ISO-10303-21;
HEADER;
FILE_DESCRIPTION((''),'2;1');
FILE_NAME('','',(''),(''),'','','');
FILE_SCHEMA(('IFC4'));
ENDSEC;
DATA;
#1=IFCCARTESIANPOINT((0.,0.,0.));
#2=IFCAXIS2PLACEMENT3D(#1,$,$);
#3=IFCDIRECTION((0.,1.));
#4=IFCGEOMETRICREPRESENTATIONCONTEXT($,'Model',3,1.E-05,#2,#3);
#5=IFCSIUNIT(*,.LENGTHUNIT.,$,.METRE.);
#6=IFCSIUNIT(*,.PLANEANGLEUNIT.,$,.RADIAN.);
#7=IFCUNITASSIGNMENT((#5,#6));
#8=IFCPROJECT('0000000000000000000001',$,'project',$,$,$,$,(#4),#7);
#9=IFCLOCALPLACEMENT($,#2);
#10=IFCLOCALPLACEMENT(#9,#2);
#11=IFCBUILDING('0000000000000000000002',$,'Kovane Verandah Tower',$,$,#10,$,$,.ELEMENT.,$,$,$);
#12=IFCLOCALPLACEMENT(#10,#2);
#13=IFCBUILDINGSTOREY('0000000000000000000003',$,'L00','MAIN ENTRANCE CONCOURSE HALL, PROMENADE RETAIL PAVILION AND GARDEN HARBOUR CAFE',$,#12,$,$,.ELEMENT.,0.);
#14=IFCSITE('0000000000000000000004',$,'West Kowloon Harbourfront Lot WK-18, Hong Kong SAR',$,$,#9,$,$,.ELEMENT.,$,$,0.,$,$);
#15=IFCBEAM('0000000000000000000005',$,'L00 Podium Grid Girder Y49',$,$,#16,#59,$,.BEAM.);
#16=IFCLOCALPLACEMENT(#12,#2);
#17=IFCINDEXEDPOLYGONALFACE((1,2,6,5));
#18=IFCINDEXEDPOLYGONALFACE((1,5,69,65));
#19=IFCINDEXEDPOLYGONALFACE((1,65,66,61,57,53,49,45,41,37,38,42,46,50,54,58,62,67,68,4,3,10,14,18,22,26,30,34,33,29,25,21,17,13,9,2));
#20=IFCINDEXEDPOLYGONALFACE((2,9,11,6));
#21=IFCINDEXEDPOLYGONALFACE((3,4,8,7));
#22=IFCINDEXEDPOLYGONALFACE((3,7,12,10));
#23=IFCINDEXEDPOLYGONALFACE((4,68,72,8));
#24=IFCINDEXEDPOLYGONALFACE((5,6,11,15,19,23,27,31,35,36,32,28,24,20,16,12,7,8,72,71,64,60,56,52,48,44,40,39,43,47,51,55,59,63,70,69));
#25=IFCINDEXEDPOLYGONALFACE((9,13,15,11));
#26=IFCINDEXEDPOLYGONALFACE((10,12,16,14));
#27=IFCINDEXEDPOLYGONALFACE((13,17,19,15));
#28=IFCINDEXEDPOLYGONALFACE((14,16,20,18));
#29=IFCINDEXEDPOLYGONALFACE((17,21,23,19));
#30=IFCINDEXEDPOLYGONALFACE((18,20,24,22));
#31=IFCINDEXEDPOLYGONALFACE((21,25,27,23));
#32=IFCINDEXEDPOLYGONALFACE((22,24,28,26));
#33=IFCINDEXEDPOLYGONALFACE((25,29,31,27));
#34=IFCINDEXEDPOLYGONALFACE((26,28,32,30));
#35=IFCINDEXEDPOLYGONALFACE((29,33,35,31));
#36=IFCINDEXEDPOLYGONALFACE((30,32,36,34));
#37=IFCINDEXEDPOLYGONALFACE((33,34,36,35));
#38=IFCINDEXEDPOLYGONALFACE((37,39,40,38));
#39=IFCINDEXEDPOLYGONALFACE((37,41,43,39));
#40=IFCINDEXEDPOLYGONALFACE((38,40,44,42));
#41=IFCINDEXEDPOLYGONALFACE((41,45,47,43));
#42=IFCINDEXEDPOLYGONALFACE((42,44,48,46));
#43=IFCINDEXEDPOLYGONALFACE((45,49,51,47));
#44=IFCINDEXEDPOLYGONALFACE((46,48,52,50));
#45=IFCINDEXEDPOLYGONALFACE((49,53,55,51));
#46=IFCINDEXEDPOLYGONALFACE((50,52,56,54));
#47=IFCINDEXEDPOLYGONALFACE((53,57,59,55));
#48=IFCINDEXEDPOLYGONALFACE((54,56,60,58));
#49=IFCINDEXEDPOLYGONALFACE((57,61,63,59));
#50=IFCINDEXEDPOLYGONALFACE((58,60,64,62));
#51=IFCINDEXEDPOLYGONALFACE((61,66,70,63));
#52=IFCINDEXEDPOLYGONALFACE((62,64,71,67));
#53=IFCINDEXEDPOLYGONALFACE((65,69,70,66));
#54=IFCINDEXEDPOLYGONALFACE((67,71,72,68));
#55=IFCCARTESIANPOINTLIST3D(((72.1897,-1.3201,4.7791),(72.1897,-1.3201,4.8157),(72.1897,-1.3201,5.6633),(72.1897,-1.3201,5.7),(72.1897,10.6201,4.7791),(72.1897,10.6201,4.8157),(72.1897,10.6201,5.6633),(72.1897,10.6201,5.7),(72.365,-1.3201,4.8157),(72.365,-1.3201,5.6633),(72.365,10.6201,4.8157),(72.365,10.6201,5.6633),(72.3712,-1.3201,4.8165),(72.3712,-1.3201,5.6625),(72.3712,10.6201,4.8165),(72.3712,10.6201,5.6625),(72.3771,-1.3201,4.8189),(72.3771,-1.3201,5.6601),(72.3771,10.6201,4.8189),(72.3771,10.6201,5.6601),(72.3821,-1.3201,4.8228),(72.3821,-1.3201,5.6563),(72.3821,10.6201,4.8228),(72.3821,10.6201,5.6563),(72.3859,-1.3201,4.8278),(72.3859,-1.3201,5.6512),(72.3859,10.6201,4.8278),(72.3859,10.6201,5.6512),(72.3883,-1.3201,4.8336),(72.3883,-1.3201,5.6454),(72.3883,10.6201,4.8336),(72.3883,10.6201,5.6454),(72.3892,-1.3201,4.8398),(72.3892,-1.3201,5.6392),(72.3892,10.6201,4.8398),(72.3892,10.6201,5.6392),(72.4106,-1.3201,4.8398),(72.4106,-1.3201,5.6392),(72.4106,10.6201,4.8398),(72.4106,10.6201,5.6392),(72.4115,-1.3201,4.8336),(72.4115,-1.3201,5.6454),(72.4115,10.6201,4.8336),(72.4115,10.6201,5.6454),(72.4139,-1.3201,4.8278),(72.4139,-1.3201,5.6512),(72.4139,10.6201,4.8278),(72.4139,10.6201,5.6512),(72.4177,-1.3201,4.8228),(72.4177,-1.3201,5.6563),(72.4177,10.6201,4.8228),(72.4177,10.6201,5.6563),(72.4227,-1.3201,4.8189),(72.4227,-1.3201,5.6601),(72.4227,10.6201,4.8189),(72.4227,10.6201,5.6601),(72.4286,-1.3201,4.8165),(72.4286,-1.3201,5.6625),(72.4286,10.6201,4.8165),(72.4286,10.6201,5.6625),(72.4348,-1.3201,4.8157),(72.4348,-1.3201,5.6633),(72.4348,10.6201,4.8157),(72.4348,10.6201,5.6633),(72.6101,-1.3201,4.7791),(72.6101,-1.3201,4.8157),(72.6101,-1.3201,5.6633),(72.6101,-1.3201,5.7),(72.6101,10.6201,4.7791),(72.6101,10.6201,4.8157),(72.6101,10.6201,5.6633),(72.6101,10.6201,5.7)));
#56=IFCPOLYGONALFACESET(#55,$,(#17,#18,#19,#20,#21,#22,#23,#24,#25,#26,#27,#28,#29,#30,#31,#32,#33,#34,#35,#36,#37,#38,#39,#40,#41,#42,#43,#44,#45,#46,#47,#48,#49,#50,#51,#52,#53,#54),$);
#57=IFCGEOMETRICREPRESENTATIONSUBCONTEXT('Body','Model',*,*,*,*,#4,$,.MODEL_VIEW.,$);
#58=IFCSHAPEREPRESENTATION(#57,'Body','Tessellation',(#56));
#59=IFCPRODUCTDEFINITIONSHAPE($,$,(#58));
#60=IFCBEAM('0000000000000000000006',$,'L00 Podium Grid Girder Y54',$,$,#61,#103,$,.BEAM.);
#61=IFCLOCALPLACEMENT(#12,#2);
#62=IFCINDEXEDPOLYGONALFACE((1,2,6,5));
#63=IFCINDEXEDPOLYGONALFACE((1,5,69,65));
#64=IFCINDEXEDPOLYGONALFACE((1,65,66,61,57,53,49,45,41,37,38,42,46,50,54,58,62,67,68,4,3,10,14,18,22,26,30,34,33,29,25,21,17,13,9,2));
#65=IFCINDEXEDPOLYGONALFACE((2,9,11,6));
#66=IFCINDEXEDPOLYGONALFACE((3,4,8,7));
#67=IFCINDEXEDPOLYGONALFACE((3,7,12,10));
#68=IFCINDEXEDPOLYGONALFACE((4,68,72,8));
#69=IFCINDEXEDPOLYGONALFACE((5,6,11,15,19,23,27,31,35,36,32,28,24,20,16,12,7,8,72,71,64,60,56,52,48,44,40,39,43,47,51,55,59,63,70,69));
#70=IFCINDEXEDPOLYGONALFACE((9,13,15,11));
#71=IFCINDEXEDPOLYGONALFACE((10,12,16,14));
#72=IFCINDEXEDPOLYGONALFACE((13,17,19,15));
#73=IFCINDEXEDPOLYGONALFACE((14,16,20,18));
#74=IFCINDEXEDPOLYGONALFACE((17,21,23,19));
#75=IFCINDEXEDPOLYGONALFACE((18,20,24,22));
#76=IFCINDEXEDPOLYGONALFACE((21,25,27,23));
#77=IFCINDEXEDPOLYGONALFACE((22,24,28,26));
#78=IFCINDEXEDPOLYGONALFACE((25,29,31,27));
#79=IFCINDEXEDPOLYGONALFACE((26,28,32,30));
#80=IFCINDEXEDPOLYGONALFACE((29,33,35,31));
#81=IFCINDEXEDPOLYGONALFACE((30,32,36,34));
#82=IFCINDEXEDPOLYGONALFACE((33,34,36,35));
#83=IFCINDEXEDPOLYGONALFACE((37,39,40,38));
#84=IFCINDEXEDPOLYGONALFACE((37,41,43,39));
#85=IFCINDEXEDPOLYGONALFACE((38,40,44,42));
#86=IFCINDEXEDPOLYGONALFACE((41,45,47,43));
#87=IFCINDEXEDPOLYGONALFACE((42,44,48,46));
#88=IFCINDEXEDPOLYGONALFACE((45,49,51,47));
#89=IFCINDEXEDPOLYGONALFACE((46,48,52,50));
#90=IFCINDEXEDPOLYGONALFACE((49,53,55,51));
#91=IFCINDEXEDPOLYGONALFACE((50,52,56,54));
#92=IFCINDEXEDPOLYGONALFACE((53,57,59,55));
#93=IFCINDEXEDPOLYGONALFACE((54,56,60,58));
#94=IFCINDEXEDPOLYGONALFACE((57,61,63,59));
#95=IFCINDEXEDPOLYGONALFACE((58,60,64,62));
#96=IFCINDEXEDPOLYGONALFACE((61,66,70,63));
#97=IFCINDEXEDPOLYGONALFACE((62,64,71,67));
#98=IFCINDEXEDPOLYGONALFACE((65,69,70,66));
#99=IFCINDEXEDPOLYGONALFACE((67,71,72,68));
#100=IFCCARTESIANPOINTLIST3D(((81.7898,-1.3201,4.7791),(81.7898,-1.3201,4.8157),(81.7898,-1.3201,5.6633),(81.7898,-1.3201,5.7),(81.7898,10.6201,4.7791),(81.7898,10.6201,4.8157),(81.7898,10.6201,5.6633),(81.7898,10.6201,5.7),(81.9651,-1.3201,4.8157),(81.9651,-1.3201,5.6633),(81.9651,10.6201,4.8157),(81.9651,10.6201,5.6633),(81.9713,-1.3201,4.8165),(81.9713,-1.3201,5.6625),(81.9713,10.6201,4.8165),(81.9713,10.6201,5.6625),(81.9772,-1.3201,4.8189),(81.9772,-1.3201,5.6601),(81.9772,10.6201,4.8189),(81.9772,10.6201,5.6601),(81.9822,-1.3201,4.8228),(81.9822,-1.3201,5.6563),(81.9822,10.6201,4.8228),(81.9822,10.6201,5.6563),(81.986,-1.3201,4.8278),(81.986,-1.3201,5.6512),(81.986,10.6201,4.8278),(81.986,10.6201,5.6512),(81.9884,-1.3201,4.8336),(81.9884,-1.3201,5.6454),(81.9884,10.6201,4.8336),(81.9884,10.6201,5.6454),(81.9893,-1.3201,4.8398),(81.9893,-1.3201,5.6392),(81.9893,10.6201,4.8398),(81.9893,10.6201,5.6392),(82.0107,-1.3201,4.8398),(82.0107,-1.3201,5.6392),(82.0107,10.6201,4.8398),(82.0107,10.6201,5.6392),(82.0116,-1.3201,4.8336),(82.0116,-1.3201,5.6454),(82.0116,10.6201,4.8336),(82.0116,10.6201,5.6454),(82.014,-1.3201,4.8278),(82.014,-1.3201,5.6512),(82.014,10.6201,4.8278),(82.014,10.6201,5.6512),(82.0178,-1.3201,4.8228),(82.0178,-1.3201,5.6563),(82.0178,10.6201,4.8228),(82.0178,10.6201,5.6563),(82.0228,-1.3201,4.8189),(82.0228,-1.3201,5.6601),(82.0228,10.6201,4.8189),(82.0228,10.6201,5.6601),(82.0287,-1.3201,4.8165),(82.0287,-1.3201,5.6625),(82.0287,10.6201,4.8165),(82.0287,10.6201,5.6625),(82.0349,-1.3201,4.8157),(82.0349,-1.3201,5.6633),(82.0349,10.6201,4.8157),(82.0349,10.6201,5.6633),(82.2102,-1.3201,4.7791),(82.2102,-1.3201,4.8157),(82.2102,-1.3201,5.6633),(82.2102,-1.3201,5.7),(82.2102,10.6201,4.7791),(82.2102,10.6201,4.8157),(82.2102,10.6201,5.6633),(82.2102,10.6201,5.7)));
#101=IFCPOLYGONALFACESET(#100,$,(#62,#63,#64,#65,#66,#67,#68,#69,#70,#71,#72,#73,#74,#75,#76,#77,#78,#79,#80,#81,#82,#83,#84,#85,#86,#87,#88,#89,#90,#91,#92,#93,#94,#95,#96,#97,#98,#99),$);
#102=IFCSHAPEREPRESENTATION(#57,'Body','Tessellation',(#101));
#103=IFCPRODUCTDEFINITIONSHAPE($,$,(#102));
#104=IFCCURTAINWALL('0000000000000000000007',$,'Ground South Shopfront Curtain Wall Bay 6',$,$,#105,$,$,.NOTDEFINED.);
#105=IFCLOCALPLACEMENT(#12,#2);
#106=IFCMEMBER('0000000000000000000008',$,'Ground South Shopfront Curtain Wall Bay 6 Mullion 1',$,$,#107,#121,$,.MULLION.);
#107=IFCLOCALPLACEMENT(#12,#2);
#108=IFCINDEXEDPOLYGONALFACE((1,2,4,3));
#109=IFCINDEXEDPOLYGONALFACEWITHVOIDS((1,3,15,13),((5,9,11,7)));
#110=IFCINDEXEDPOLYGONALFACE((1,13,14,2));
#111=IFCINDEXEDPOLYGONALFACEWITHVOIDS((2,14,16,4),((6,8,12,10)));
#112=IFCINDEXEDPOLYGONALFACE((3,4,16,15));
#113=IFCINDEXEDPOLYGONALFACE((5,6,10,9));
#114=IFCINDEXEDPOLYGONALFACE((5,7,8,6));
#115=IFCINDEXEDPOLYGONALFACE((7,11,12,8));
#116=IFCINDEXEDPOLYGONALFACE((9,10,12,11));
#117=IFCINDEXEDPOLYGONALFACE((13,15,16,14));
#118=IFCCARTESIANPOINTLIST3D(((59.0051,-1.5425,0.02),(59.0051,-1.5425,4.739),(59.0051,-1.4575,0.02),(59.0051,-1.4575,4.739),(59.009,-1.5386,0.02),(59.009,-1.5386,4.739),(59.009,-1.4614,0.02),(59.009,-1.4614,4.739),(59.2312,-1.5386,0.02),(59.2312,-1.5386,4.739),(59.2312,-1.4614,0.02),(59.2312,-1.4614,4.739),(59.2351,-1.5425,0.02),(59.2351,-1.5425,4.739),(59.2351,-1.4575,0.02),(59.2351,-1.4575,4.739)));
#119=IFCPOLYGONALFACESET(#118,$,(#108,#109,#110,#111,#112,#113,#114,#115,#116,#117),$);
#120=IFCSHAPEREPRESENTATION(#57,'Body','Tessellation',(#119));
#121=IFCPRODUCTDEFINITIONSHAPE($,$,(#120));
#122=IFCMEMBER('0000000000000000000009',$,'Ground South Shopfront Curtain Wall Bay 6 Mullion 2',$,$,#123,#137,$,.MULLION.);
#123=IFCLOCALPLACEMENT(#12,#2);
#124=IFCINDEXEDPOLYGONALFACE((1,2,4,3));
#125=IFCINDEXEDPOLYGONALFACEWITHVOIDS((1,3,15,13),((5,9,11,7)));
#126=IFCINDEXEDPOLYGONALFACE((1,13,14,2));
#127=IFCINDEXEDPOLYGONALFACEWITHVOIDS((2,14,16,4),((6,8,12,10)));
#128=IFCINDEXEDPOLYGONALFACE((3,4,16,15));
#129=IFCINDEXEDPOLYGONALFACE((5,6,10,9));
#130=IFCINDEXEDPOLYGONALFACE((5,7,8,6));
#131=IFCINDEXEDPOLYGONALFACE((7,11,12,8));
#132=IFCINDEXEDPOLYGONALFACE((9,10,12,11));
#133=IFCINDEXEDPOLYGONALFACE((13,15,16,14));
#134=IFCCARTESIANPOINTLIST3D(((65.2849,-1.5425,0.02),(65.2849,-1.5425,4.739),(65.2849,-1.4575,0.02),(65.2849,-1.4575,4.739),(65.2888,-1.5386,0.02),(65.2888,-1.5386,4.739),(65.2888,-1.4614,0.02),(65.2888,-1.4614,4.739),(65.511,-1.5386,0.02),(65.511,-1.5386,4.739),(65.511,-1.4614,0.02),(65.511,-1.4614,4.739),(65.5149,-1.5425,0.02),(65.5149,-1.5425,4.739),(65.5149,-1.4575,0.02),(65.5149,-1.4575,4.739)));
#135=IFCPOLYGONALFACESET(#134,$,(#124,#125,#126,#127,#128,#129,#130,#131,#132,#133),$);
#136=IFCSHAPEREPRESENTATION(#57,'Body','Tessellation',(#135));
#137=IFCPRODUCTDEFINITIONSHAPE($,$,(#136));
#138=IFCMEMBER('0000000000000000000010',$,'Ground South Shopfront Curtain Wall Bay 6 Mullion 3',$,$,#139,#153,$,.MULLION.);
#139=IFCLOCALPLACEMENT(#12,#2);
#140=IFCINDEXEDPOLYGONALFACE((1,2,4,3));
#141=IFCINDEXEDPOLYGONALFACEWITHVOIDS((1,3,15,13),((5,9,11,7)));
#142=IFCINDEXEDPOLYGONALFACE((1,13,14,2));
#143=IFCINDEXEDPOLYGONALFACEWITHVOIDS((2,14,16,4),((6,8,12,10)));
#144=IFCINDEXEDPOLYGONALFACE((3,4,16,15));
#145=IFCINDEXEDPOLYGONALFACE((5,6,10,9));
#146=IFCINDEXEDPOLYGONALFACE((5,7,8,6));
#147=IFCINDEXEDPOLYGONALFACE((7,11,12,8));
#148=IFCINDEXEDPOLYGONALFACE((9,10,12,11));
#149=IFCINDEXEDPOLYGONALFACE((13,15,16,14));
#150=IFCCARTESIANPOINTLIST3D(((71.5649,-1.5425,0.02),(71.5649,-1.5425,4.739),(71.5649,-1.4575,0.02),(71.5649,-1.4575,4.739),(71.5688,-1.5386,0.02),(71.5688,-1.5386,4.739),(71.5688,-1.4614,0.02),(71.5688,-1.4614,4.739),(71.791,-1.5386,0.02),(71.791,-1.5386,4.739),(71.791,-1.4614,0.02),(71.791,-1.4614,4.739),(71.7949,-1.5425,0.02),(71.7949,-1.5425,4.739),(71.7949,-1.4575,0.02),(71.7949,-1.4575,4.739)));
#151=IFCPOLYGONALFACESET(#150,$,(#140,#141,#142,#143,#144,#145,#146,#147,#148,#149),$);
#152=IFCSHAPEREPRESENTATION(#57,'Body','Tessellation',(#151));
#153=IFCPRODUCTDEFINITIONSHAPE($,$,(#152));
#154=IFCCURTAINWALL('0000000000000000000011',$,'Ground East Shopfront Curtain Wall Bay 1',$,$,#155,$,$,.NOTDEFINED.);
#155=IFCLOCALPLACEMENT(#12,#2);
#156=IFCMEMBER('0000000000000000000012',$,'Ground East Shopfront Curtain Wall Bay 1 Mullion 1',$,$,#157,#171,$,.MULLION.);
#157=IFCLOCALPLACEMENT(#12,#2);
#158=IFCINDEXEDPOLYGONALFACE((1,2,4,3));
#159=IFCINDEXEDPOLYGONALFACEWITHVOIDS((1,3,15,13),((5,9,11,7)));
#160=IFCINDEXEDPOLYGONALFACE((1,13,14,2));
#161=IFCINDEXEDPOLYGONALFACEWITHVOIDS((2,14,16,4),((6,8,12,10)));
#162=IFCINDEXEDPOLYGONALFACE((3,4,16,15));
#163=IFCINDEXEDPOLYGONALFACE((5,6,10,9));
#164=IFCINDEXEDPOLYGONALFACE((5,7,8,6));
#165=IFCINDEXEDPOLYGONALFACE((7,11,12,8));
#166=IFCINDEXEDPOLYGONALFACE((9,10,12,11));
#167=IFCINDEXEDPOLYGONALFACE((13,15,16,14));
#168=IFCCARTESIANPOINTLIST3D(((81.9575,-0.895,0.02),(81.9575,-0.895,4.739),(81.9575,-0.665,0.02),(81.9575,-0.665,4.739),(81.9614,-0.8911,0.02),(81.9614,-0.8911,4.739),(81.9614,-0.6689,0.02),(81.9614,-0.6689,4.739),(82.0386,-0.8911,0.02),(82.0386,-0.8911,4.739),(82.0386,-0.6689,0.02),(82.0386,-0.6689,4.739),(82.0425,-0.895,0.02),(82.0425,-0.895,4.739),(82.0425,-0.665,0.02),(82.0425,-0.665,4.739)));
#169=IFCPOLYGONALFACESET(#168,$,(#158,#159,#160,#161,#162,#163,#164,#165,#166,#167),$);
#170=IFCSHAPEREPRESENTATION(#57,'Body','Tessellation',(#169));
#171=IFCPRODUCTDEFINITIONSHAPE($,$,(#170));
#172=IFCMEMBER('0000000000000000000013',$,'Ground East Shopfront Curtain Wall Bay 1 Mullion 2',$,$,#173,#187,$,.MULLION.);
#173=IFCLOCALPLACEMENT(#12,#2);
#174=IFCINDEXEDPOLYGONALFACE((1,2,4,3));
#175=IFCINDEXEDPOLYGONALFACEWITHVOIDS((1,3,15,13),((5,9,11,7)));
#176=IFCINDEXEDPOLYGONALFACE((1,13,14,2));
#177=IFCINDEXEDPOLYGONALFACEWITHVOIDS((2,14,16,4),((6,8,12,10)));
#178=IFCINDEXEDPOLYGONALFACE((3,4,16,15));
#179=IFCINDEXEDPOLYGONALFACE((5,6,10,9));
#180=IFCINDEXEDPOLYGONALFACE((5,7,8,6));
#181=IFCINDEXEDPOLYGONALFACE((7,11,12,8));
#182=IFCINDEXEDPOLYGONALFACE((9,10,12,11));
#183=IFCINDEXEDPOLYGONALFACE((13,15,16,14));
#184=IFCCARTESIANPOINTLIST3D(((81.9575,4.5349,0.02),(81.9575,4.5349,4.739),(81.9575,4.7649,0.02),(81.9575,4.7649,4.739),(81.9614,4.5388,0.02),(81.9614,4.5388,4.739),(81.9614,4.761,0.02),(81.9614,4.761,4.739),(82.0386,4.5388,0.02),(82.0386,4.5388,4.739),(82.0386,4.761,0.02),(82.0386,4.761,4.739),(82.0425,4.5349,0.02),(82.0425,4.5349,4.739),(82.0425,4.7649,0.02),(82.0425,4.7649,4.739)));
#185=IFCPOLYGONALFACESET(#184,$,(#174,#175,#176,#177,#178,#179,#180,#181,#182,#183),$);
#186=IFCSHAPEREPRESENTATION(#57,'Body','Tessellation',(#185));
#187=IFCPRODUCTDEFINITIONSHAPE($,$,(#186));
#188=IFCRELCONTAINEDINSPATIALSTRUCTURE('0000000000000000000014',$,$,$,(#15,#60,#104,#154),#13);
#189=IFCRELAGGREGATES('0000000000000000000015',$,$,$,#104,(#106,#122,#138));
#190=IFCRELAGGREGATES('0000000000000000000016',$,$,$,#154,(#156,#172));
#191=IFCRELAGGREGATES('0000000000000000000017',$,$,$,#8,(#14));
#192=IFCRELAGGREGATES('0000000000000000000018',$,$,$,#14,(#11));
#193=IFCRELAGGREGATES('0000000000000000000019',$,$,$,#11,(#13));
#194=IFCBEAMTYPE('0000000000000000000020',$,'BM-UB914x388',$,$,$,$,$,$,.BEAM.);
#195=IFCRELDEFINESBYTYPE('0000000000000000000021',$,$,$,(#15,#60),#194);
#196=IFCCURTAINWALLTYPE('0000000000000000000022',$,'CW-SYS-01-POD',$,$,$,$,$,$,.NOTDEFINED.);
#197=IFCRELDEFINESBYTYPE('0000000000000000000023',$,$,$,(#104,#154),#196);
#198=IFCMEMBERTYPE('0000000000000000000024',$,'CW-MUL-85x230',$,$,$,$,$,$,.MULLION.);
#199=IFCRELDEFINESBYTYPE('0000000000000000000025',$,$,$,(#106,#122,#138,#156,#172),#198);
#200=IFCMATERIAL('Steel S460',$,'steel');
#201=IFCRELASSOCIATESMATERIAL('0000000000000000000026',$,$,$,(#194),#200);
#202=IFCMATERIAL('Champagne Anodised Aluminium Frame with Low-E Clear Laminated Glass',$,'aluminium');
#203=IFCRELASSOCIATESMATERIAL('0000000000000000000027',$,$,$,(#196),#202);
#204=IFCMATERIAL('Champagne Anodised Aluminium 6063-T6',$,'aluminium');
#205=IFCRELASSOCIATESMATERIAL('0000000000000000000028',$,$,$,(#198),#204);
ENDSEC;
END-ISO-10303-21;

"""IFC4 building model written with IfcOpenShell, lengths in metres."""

from ifc_helpers import new_model, si_unit, direction, frame, origin, origin_2d, place, context, subcontext, project, spatial, hollow_rectangle, i_section, extrude, material, material_profile, profile_set, type_object, element, aggregate, save


model = new_model("IFC4")

# Units and contexts
model_context = context("Model", 3, precision=1e-05, world=origin(), true_north=direction((0.0, 1.0)))
body_context = subcontext(model_context, "Body", "Model", "MODEL_VIEW")
ifc_project = project(units=[si_unit("LENGTHUNIT", "METRE"), si_unit("PLANEANGLEUNIT", "RADIAN")], contexts=[model_context])

# Site, building, storey
site_placement = place(None, origin())
site = spatial("IfcSite", under=ifc_project, at=site_placement, Name="West Kowloon Harbourfront Lot WK-18, Hong Kong SAR", CompositionType="ELEMENT", RefElevation=0.0)
building_placement = place(site_placement, origin())
building = spatial("IfcBuilding", under=site, at=building_placement, Name="Kovane Verandah Tower", CompositionType="ELEMENT")
storey_placement = place(building_placement, origin())
storey = spatial("IfcBuildingStorey", under=building, at=storey_placement, Name="L00", Description="MAIN ENTRANCE CONCOURSE HALL, PROMENADE RETAIL PAVILION AND GARDEN HARBOUR CAFE", CompositionType="ELEMENT", Elevation=0.0)

# Shared definitions
ifc_material_1 = material(Name="Steel S460", Category="steel")

# Beams
ifc_material_profile_1 = material_profile(ifc_material_1, i_section(OverallWidth=0.4204, OverallDepth=0.9209, WebThickness=0.0215, FlangeThickness=0.0366, FilletRadius=0.0242, at=origin_2d()), Name="UB914x419x388")
ifc_profile_set_1 = profile_set([ifc_material_profile_1], Name="Steel S460")
beam_type_1 = type_object("IfcBeamType", Name="BM-UB914x388", PredefinedType="BEAM", material=ifc_profile_set_1)
for number, where, z_axis, x_axis, name in (
    (1, (72.3999, -1.3201, 5.2395), (0.0, 1.0, 0.0), (-1.0, 0.0, 0.0), "L00 Podium Grid Girder Y49"),
    (2, (82.0, -1.3201, 5.2395), (0.0, 1.0, 0.0), (-1.0, 0.0, 0.0), "L00 Podium Grid Girder Y54"),
):
    element("IfcBeam", number, at=place(storey_placement, frame(where, z_axis=z_axis, x_axis=x_axis)), inside=storey, type_object=beam_type_1, Name=name, PredefinedType="BEAM", context=body_context, shape_type="SweptSolid", body=[
        extrude(i_section(OverallWidth=0.4204, OverallDepth=0.9209, WebThickness=0.0215, FlangeThickness=0.0366, FilletRadius=0.0242, at=origin_2d()), origin(), (0.0, 0.0, 1.0), 11.9402),
    ])

# Curtain walls, members
ifc_material_2 = material(Name="Champagne Anodised Aluminium Frame with Low-E Clear Laminated Glass", Category="aluminium")
curtain_wall_type = type_object("IfcCurtainWallType", Name="CW-SYS-01-POD", PredefinedType="NOTDEFINED", material=ifc_material_2)
curtain_wall_1_placement = place(storey_placement, origin())
curtain_wall_1 = element("IfcCurtainWall", 3, at=curtain_wall_1_placement, inside=storey, type_object=curtain_wall_type, Name="Ground South Shopfront Curtain Wall Bay 6", PredefinedType="NOTDEFINED")
ifc_material_3 = material(Name="Champagne Anodised Aluminium 6063-T6", Category="aluminium")
ifc_material_profile_2 = material_profile(ifc_material_3, hollow_rectangle(XDim=0.085, YDim=0.23, WallThickness=0.0039, at=origin_2d()), Name="AL85x230x4")
ifc_profile_set_2 = profile_set([ifc_material_profile_2], Name="Champagne Anodised Aluminium 6063-T6")
member_type_1 = type_object("IfcMemberType", Name="CW-MUL-85x230", PredefinedType="MULLION", material=ifc_profile_set_2)
member_1_placement = place(storey_placement, frame((59.1201, -1.5, 0.02), z_axis=(0.0, 0.0, 1.0), x_axis=(0.0, -1.0, 0.0)))
member_1 = element("IfcMember", 4, at=member_1_placement, type_object=member_type_1, Name="Ground South Shopfront Curtain Wall Bay 6 Mullion 1", PredefinedType="MULLION", context=body_context, shape_type="SweptSolid", body=[
    extrude(hollow_rectangle(XDim=0.085, YDim=0.23, WallThickness=0.0039, at=origin_2d()), origin(), (0.0, 0.0, 1.0), 4.719),
])
member_2_placement = place(storey_placement, frame((65.3999, -1.5, 0.02), z_axis=(0.0, 0.0, 1.0), x_axis=(0.0, -1.0, 0.0)))
member_2 = element("IfcMember", 5, at=member_2_placement, type_object=member_type_1, Name="Ground South Shopfront Curtain Wall Bay 6 Mullion 2", PredefinedType="MULLION", context=body_context, shape_type="SweptSolid", body=[
    extrude(hollow_rectangle(XDim=0.085, YDim=0.23, WallThickness=0.0039, at=origin_2d()), origin(), (0.0, 0.0, 1.0), 4.719),
])
member_3_placement = place(storey_placement, frame((71.6799, -1.5, 0.02), z_axis=(0.0, 0.0, 1.0), x_axis=(0.0, -1.0, 0.0)))
member_3 = element("IfcMember", 6, at=member_3_placement, type_object=member_type_1, Name="Ground South Shopfront Curtain Wall Bay 6 Mullion 3", PredefinedType="MULLION", context=body_context, shape_type="SweptSolid", body=[
    extrude(hollow_rectangle(XDim=0.085, YDim=0.23, WallThickness=0.0039, at=origin_2d()), origin(), (0.0, 0.0, 1.0), 4.719),
])
curtain_wall_2_placement = place(storey_placement, origin())
curtain_wall_2 = element("IfcCurtainWall", 7, at=curtain_wall_2_placement, inside=storey, type_object=curtain_wall_type, Name="Ground East Shopfront Curtain Wall Bay 1", PredefinedType="NOTDEFINED")
member_4_placement = place(storey_placement, frame((82.0, -0.78, 0.02), z_axis=(0.0, 0.0, 1.0), x_axis=(1.0, 0.0, 0.0)))
member_4 = element("IfcMember", 8, at=member_4_placement, type_object=member_type_1, Name="Ground East Shopfront Curtain Wall Bay 1 Mullion 1", PredefinedType="MULLION", context=body_context, shape_type="SweptSolid", body=[
    extrude(hollow_rectangle(XDim=0.085, YDim=0.23, WallThickness=0.0039, at=origin_2d()), origin(), (0.0, 0.0, 1.0), 4.719),
])
member_5_placement = place(storey_placement, frame((82.0, 4.6499, 0.02), z_axis=(0.0, 0.0, 1.0), x_axis=(1.0, 0.0, 0.0)))
member_5 = element("IfcMember", 9, at=member_5_placement, type_object=member_type_1, Name="Ground East Shopfront Curtain Wall Bay 1 Mullion 2", PredefinedType="MULLION", context=body_context, shape_type="SweptSolid", body=[
    extrude(hollow_rectangle(XDim=0.085, YDim=0.23, WallThickness=0.0039, at=origin_2d()), origin(), (0.0, 0.0, 1.0), 4.719),
])

aggregate(curtain_wall_1, [member_1, member_2, member_3])
aggregate(curtain_wall_2, [member_4, member_5])

save(model, "model.ifc")
